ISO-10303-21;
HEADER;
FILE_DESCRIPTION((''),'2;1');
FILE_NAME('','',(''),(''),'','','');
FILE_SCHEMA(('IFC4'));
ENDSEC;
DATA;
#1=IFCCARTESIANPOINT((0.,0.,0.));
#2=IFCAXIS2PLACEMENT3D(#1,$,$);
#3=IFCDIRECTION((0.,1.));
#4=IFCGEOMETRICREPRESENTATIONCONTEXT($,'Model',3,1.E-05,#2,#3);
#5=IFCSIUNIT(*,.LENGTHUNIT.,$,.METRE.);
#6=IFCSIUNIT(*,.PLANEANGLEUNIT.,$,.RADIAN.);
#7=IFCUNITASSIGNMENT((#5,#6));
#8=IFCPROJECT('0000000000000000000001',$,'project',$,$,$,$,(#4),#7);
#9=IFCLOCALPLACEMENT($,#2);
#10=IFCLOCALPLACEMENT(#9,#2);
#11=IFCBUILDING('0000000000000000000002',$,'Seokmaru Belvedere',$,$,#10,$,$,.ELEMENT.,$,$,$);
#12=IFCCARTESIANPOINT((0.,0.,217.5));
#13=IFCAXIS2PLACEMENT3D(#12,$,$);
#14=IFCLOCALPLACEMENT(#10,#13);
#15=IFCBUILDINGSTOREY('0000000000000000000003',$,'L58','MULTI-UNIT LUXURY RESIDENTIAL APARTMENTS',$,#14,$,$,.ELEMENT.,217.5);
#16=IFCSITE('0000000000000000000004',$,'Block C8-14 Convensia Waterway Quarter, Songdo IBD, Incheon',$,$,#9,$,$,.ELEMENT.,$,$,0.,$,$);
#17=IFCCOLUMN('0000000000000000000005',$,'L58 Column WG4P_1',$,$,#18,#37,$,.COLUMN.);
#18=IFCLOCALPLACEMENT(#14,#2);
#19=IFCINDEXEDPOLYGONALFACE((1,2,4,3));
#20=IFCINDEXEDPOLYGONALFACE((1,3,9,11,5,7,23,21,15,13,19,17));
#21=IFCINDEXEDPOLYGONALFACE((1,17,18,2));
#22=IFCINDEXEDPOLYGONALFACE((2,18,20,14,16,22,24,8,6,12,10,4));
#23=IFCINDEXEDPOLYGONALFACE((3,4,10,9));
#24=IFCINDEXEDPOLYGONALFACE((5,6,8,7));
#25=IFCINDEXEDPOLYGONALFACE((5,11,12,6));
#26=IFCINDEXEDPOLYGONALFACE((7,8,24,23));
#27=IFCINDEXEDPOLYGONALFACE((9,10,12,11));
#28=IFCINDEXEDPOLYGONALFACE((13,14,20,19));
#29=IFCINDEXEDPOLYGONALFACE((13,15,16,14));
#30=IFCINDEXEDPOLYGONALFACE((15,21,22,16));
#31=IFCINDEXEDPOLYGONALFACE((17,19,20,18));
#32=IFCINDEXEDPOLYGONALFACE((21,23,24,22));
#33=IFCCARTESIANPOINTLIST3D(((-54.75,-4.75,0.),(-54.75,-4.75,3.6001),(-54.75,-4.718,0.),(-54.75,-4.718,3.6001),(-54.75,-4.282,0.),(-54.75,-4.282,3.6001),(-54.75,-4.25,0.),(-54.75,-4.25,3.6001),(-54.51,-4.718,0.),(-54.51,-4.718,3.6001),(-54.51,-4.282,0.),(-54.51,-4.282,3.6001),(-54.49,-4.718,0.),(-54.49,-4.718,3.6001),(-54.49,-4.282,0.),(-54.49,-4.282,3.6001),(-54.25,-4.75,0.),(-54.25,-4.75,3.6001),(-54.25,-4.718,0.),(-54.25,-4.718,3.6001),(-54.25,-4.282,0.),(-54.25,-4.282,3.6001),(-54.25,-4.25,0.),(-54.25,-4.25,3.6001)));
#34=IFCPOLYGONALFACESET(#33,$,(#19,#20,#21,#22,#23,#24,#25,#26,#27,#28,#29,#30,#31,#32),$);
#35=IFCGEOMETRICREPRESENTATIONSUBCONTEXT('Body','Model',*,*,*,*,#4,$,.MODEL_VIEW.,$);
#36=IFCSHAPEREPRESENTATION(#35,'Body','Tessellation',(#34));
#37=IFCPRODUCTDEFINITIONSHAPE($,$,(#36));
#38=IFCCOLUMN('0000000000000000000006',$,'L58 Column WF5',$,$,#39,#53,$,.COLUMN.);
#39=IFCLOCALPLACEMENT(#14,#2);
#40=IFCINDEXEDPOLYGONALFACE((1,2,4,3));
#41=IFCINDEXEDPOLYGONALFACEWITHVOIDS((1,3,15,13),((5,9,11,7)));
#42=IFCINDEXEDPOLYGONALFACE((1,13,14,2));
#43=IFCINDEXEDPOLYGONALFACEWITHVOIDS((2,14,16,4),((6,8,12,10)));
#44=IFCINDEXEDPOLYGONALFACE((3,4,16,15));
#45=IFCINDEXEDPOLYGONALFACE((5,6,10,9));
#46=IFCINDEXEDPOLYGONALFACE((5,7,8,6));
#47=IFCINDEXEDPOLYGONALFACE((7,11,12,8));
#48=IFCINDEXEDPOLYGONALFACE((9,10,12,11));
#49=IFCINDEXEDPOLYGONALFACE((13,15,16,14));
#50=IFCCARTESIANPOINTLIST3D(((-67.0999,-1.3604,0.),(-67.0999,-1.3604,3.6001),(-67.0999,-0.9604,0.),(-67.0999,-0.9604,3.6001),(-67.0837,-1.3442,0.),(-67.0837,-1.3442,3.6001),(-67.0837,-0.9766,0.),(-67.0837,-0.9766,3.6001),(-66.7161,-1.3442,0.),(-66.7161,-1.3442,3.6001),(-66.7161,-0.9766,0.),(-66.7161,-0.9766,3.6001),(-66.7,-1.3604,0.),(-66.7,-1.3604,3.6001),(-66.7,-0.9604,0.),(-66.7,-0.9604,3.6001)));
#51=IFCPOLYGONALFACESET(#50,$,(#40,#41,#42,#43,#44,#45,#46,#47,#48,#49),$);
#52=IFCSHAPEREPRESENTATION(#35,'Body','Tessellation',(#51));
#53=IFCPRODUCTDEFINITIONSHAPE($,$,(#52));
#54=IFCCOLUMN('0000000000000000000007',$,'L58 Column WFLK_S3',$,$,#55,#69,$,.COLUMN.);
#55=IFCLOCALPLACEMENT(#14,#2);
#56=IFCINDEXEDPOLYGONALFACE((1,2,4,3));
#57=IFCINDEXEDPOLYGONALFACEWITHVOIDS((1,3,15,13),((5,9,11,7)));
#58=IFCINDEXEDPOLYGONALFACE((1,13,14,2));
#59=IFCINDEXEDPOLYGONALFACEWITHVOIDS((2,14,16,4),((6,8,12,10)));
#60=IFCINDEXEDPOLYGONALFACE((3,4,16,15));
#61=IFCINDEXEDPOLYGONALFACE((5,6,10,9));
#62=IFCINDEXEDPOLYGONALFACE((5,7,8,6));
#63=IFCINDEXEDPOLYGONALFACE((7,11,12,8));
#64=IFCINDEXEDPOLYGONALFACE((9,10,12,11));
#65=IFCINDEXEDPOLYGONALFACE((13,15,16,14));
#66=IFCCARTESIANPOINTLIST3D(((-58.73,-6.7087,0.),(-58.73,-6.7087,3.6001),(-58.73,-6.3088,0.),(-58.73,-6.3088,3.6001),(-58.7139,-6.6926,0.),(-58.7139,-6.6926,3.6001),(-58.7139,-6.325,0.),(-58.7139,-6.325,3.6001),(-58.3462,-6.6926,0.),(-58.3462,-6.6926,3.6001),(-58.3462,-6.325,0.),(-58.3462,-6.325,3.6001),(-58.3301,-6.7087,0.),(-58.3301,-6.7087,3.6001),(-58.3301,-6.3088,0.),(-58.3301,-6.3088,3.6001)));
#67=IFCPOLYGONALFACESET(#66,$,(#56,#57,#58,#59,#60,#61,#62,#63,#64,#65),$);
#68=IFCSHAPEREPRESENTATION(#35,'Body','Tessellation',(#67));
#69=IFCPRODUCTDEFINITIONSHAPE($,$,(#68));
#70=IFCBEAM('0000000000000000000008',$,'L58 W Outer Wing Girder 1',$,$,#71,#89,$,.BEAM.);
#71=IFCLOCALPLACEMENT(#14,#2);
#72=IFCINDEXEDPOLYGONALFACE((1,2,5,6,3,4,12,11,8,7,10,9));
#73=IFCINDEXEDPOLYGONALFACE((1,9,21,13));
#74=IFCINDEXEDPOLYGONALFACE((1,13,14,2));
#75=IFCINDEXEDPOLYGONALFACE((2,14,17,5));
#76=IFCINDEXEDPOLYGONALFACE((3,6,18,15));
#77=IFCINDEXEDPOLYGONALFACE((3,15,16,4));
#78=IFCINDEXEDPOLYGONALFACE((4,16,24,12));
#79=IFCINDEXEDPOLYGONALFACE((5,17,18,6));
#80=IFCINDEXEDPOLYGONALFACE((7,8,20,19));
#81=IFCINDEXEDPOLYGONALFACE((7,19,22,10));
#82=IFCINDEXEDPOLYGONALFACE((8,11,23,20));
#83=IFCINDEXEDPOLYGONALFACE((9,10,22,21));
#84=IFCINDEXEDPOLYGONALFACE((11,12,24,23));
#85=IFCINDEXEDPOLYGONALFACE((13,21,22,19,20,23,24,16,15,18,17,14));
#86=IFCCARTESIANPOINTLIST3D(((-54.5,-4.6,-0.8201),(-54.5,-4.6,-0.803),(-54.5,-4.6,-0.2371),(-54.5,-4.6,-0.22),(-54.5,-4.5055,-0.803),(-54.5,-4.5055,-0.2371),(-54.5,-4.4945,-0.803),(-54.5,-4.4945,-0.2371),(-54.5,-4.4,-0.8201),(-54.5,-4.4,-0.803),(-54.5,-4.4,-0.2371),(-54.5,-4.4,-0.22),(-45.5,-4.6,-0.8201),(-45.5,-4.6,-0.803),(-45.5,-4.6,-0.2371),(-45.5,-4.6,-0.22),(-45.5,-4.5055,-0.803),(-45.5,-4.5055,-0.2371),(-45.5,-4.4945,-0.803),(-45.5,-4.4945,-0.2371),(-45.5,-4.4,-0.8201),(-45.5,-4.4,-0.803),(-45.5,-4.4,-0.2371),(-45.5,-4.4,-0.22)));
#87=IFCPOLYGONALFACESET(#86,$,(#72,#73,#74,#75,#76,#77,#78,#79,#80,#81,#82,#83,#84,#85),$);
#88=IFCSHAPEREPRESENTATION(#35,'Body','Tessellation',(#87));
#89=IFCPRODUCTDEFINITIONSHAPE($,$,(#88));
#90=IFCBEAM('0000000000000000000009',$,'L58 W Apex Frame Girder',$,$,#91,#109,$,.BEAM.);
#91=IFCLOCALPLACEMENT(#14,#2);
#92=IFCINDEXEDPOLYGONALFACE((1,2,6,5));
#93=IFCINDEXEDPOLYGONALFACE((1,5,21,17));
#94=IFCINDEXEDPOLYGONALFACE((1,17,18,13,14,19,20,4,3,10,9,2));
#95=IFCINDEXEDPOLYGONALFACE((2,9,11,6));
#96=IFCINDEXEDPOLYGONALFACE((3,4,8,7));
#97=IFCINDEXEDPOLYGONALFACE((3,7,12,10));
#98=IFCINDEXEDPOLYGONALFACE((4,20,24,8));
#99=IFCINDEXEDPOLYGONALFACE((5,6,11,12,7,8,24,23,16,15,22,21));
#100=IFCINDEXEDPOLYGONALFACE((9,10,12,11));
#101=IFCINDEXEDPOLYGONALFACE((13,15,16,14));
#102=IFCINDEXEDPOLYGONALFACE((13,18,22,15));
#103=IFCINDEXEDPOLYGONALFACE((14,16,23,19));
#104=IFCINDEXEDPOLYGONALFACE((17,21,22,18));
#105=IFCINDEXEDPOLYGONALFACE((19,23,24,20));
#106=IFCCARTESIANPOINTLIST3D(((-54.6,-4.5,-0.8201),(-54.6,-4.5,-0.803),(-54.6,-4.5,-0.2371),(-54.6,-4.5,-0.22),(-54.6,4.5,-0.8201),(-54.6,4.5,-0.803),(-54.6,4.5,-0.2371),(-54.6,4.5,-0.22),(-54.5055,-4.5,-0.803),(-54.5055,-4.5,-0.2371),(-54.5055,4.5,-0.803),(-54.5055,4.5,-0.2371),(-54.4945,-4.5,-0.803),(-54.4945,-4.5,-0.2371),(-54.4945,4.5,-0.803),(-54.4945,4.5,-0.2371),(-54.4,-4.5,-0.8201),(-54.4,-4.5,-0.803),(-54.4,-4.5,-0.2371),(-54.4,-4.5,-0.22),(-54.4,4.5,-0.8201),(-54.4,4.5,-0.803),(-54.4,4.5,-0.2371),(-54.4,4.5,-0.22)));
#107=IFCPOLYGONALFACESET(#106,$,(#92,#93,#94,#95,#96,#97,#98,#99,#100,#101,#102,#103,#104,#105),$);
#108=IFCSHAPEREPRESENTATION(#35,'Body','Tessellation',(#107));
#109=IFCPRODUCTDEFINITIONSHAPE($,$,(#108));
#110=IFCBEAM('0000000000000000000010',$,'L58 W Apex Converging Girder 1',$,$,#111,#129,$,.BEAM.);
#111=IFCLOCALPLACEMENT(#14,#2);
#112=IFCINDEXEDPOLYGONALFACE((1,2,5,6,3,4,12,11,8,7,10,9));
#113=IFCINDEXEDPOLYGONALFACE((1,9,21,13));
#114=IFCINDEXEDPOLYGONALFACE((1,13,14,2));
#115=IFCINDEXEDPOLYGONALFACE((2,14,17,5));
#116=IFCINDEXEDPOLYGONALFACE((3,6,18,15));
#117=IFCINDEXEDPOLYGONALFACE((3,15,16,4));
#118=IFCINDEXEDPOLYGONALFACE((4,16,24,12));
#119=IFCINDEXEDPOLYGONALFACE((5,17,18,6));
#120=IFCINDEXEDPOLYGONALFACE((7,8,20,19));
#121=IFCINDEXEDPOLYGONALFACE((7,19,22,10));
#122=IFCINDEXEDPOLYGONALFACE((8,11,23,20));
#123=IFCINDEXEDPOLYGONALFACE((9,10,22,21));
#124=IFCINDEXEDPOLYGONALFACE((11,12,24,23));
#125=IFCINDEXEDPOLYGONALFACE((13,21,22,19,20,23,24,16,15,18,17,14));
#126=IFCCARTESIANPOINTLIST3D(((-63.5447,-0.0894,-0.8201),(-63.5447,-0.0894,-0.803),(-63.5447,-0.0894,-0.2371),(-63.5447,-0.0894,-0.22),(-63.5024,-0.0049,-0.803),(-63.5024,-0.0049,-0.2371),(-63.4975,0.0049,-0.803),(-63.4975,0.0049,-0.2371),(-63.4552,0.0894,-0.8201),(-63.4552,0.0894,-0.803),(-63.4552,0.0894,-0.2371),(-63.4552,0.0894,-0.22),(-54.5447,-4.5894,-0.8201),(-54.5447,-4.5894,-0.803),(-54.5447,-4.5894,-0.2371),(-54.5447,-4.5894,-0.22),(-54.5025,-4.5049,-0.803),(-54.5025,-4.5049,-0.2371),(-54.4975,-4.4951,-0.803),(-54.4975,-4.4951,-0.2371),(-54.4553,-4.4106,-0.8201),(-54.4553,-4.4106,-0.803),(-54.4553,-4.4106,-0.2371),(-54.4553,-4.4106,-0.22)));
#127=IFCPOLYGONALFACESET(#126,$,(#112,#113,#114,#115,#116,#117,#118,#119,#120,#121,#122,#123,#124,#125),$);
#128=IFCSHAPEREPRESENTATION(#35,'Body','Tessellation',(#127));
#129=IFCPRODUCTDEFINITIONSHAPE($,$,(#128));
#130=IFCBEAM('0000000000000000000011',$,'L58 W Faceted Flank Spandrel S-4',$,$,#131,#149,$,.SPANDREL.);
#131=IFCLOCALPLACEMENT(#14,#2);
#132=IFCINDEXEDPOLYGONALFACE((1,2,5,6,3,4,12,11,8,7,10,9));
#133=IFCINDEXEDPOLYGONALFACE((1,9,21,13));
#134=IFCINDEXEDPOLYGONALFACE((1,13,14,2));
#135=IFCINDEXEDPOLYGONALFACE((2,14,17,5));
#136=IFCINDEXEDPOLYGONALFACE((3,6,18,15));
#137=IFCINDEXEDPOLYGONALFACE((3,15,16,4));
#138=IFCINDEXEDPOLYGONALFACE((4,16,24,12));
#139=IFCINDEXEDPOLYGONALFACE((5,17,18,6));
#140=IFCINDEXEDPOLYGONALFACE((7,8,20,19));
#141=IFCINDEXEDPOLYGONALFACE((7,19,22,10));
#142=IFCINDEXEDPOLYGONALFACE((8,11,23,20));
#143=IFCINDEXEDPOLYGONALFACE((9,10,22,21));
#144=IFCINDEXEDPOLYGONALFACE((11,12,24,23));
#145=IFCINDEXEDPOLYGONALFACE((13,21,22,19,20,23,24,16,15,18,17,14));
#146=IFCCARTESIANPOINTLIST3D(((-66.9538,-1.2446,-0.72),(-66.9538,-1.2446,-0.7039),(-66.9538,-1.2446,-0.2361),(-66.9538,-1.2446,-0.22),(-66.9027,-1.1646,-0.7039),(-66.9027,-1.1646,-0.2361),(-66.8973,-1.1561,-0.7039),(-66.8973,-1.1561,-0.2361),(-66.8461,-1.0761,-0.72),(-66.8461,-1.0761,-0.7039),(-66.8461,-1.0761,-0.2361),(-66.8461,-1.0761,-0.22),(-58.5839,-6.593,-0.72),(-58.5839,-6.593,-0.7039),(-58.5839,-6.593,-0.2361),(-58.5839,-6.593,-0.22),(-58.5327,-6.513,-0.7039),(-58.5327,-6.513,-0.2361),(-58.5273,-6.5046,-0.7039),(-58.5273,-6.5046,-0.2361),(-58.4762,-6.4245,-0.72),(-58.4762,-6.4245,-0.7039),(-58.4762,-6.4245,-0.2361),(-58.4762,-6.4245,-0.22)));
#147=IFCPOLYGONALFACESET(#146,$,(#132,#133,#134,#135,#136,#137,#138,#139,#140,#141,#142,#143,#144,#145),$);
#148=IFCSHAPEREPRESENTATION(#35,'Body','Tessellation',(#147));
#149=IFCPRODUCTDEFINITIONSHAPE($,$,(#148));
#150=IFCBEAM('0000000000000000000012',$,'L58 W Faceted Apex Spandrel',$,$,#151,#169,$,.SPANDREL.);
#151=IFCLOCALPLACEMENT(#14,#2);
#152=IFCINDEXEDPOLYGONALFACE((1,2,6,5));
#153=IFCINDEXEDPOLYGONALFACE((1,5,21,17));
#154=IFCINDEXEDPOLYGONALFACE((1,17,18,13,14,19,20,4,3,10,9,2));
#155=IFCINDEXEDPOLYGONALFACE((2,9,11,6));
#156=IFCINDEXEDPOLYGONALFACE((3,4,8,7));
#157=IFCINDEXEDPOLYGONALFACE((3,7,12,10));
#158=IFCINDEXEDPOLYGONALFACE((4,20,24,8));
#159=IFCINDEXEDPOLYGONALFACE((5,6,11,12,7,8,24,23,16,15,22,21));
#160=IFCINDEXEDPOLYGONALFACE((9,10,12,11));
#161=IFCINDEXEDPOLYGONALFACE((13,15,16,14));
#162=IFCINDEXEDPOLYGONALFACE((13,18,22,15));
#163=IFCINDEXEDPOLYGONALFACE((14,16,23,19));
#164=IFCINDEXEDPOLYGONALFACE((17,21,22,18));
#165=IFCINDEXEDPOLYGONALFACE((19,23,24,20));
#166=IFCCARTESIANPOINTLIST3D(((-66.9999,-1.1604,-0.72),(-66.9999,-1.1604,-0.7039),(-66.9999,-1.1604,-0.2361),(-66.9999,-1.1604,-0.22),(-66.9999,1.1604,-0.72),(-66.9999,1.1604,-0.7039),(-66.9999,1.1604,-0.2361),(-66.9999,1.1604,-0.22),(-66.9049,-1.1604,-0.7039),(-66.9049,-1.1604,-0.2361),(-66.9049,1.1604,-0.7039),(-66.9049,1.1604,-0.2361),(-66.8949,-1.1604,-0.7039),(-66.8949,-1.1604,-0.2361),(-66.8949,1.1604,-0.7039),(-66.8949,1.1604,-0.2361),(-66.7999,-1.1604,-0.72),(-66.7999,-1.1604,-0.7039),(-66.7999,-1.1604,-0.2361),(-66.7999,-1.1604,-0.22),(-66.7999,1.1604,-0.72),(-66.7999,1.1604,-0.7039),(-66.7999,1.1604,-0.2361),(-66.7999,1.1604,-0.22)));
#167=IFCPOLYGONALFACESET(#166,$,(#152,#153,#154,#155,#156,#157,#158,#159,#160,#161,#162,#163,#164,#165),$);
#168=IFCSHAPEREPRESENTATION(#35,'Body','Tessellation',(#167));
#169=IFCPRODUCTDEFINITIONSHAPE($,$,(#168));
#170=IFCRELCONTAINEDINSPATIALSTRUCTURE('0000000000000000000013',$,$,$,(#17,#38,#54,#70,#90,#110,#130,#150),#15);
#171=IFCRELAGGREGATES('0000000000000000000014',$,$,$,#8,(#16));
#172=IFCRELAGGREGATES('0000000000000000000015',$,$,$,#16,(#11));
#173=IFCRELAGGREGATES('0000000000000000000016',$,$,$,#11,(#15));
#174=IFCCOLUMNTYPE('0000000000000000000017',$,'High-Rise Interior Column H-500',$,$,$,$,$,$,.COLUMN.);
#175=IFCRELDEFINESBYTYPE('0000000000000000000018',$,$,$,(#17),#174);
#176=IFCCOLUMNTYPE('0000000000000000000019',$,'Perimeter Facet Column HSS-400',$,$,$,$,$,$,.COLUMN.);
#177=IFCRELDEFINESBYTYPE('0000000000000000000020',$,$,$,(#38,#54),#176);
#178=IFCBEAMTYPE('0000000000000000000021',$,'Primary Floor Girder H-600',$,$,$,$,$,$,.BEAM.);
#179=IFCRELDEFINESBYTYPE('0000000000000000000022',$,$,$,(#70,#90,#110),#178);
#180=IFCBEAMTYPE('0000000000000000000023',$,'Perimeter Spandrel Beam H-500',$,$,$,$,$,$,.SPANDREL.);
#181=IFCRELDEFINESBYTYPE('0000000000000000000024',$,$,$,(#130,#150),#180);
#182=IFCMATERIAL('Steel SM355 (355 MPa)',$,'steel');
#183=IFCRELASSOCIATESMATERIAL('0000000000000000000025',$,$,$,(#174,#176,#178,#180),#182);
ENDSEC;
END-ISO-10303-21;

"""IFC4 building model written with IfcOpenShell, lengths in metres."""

from ifc_helpers import new_model, si_unit, direction, frame, origin, origin_2d, place, context, subcontext, project, spatial, hollow_rectangle, i_section, extrude, source, transform, mapped, material, material_profile, profile_set, type_object, type_shapes, element, save


model = new_model("IFC4")

# Units and contexts
model_context = context("Model", 3, precision=1e-05, world=origin(), true_north=direction((0.0, 1.0)))
body_context = subcontext(model_context, "Body", "Model", "MODEL_VIEW")
ifc_project = project(units=[si_unit("LENGTHUNIT", "METRE"), si_unit("PLANEANGLEUNIT", "RADIAN")], contexts=[model_context])

# Site, building, storey
site_placement = place(None, origin())
site = spatial("IfcSite", under=ifc_project, at=site_placement, Name="Block C8-14 Convensia Waterway Quarter, Songdo IBD, Incheon", CompositionType="ELEMENT", RefElevation=0.0)
building_placement = place(site_placement, origin())
building = spatial("IfcBuilding", under=site, at=building_placement, Name="Seokmaru Belvedere", CompositionType="ELEMENT")
storey_placement = place(building_placement, frame((0.0, 0.0, 217.5)))
storey = spatial("IfcBuildingStorey", under=building, at=storey_placement, Name="L58", Description="MULTI-UNIT LUXURY RESIDENTIAL APARTMENTS", CompositionType="ELEMENT", Elevation=217.5)

# Columns
ifc_material_1 = material(Name="Steel SM355 (355 MPa)", Category="steel")
ifc_material_profile_1 = material_profile(ifc_material_1, i_section(OverallWidth=0.5, OverallDepth=0.5, WebThickness=0.02, FlangeThickness=0.032, at=origin_2d()), Name="H-500x500x20x32")
ifc_profile_set_1 = profile_set([ifc_material_profile_1], Name="Steel SM355 (355 MPa)")
column_type_1 = type_object("IfcColumnType", Name="High-Rise Interior Column H-500", PredefinedType="COLUMN", material=ifc_profile_set_1)
shared_shape_1 = source(origin(), body_context, "Body", "SweptSolid", [
    extrude(i_section(OverallWidth=0.5, OverallDepth=0.5, WebThickness=0.02, FlangeThickness=0.032, at=origin_2d()), origin(), (0.0, 0.0, 1.0), 3.6001),
])
type_shapes(column_type_1, [shared_shape_1])
column_placement = place(storey_placement, frame((-54.5, -4.5, 0.0), z_axis=(0.0, 0.0, 1.0), x_axis=(1.0, 0.0, 0.0)))
element("IfcColumn", 1, at=column_placement, inside=storey, type_object=column_type_1, Name="L58 Column WG4P_1", PredefinedType="COLUMN", context=body_context, shape_type="MappedRepresentation", body=[
    mapped(shared_shape_1, transform((0.0, 0.0, 0.0), scale=1.0)),
])
ifc_material_profile_2 = material_profile(ifc_material_1, hollow_rectangle(XDim=0.3999, YDim=0.3999, WallThickness=0.0161, at=origin_2d()), Name="HSS-400x400x16")
ifc_profile_set_2 = profile_set([ifc_material_profile_2], Name="Steel SM355 (355 MPa)")
column_type_2 = type_object("IfcColumnType", Name="Perimeter Facet Column HSS-400", PredefinedType="COLUMN", material=ifc_profile_set_2)
shared_shape_2 = source(origin(), body_context, "Body", "SweptSolid", [
    extrude(hollow_rectangle(XDim=0.3999, YDim=0.3999, WallThickness=0.0161, at=origin_2d()), origin(), (0.0, 0.0, 1.0), 3.6001),
])
type_shapes(column_type_2, [shared_shape_2])
for number, where, z_axis, x_axis, name in (
    (2, (-66.8999, -1.1604, 0.0), (0.0, 0.0, 1.0), (1.0, 0.0, 0.0), "L58 Column WF5"),
    (3, (-58.53, -6.5088, 0.0), (0.0, 0.0, 1.0), (1.0, 0.0, 0.0), "L58 Column WFLK_S3"),
):
    element("IfcColumn", number, at=place(storey_placement, frame(where, z_axis=z_axis, x_axis=x_axis)), inside=storey, type_object=column_type_2, Name=name, PredefinedType="COLUMN", context=body_context, shape_type="MappedRepresentation", body=[
        mapped(shared_shape_2, transform((0.0, 0.0, 0.0), scale=1.0)),
    ])

# Beams
ifc_material_profile_3 = material_profile(ifc_material_1, i_section(OverallWidth=0.2, OverallDepth=0.6001, WebThickness=0.011, FlangeThickness=0.0171, at=origin_2d()), Name="H-600x200x11x17")
ifc_profile_set_3 = profile_set([ifc_material_profile_3], Name="Steel SM355 (355 MPa)")
beam_type_1 = type_object("IfcBeamType", Name="Primary Floor Girder H-600", PredefinedType="BEAM", material=ifc_profile_set_3)
shared_shape_3 = source(origin(), body_context, "Body", "SweptSolid", [
    extrude(i_section(OverallWidth=0.2, OverallDepth=0.6001, WebThickness=0.011, FlangeThickness=0.0171, at=origin_2d()), origin(), (0.0, 0.0, 1.0), 9.0),
])
for number, where, z_axis, x_axis, name in (
    (4, (-54.5, -4.5, -0.52), (1.0, 0.0, 0.0), (0.0, 1.0, 0.0), "L58 W Outer Wing Girder 1"),
    (5, (-54.5, -4.5, -0.52), (0.0, 1.0, 0.0), (-1.0, 0.0, 0.0), "L58 W Apex Frame Girder"),
):
    element("IfcBeam", number, at=place(storey_placement, frame(where, z_axis=z_axis, x_axis=x_axis)), inside=storey, type_object=beam_type_1, Name=name, PredefinedType="BEAM", context=body_context, shape_type="MappedRepresentation", body=[
        mapped(shared_shape_3, transform((0.0, 0.0, 0.0), scale=1.0)),
    ])
shared_shape_4 = source(origin(), body_context, "Body", "SweptSolid", [
    extrude(i_section(OverallWidth=0.2, OverallDepth=0.6001, WebThickness=0.011, FlangeThickness=0.0171, at=origin_2d()), origin(), (0.0, 0.0, 1.0), 10.0623),
])
beam_1_placement = place(storey_placement, frame((-54.5, -4.5, -0.52), z_axis=(-0.894427, 0.447214, 0.0), x_axis=(-0.447214, -0.894427, 0.0)))
element("IfcBeam", 6, at=beam_1_placement, inside=storey, type_object=beam_type_1, Name="L58 W Apex Converging Girder 1", PredefinedType="BEAM", context=body_context, shape_type="MappedRepresentation", body=[
    mapped(shared_shape_4, transform((0.0, 0.0, 0.0), scale=1.0)),
])
ifc_material_profile_4 = material_profile(ifc_material_1, i_section(OverallWidth=0.2, OverallDepth=0.5, WebThickness=0.01, FlangeThickness=0.0161, at=origin_2d()), Name="H-500x200x10x16")
ifc_profile_set_4 = profile_set([ifc_material_profile_4], Name="Steel SM355 (355 MPa)")
beam_type_2 = type_object("IfcBeamType", Name="Perimeter Spandrel Beam H-500", PredefinedType="SPANDREL", material=ifc_profile_set_4)
shared_shape_5 = source(origin(), body_context, "Body", "SweptSolid", [
    extrude(i_section(OverallWidth=0.2, OverallDepth=0.5, WebThickness=0.01, FlangeThickness=0.0161, at=origin_2d()), origin(), (0.0, 0.0, 1.0), 9.9329),
])
beam_2_placement = place(storey_placement, frame((-58.53, -6.5088, -0.47), z_axis=(-0.842652, 0.538459, 0.0), x_axis=(-0.538459, -0.842652, 0.0)))
element("IfcBeam", 7, at=beam_2_placement, inside=storey, type_object=beam_type_2, Name="L58 W Faceted Flank Spandrel S-4", PredefinedType="SPANDREL", context=body_context, shape_type="MappedRepresentation", body=[
    mapped(shared_shape_5, transform((0.0, 0.0, 0.0), scale=1.0)),
])
shared_shape_6 = source(origin(), body_context, "Body", "SweptSolid", [
    extrude(i_section(OverallWidth=0.2, OverallDepth=0.5, WebThickness=0.01, FlangeThickness=0.0161, at=origin_2d()), origin(), (0.0, 0.0, 1.0), 2.3208),
])
type_shapes(beam_type_2, [shared_shape_5, shared_shape_6])
beam_3_placement = place(storey_placement, frame((-66.8999, -1.1604, -0.47), z_axis=(0.0, 1.0, 0.0), x_axis=(-1.0, 0.0, 0.0)))
element("IfcBeam", 8, at=beam_3_placement, inside=storey, type_object=beam_type_2, Name="L58 W Faceted Apex Spandrel", PredefinedType="SPANDREL", context=body_context, shape_type="MappedRepresentation", body=[
    mapped(shared_shape_6, transform((0.0, 0.0, 0.0), scale=1.0)),
])

save(model, "model.ifc")
